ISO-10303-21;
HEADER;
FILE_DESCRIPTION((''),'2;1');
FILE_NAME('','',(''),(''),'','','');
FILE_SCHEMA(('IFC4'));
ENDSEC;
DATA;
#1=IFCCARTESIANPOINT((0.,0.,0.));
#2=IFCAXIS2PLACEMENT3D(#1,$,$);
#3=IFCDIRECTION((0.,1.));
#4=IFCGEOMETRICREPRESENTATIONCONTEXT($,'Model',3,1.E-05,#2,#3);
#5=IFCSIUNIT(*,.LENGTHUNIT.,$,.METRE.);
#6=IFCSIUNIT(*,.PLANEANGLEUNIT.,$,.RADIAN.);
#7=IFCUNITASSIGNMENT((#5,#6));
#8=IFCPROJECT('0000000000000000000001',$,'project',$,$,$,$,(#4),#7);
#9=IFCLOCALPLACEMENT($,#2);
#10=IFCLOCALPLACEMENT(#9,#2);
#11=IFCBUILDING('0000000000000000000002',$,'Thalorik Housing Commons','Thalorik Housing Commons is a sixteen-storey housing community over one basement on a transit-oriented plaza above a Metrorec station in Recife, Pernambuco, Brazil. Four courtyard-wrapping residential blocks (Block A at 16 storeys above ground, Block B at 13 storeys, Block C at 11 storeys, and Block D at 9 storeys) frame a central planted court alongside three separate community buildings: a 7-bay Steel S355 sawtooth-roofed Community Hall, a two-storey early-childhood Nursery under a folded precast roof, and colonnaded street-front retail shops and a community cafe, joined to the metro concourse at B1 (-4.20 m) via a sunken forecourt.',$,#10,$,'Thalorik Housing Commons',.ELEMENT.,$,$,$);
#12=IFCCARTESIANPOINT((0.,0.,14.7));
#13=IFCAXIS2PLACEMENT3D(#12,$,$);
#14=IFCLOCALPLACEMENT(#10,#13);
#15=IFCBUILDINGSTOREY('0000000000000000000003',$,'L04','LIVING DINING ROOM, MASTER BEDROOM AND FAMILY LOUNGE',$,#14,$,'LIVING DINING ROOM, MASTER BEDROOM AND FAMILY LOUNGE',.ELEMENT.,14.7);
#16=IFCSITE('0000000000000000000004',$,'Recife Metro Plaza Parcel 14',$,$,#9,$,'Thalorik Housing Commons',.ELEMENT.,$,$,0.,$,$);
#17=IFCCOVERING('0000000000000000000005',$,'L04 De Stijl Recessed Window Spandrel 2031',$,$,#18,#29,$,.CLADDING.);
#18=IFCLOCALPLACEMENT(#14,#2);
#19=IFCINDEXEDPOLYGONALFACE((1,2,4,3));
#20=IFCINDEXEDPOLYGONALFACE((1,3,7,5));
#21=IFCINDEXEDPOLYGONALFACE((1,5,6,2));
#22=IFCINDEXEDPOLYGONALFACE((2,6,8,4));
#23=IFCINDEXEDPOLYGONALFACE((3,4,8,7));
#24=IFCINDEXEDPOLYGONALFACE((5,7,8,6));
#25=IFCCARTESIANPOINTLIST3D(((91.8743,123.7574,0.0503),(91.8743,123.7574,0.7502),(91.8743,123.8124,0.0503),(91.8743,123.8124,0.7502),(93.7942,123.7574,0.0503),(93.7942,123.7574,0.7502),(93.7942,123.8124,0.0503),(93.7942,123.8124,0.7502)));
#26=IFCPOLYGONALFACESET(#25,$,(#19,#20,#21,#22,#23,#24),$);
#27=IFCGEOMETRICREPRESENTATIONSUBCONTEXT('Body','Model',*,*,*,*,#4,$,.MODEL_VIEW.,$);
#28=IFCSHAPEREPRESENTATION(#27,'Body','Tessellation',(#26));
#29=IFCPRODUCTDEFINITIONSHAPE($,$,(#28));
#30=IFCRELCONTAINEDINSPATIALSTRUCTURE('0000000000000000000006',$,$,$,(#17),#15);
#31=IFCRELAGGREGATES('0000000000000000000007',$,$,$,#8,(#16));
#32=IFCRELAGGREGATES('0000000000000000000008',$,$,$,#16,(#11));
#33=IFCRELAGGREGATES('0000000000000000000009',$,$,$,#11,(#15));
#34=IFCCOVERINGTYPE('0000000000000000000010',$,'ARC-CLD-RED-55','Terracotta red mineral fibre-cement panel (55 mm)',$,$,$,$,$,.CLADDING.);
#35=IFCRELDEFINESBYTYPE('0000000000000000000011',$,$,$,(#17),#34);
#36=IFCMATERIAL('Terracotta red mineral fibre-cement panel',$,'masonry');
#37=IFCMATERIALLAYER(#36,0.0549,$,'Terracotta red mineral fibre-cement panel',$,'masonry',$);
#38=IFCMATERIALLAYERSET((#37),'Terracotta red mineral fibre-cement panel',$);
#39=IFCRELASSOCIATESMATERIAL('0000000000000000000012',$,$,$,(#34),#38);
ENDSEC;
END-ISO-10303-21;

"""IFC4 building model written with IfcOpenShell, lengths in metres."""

from ifc_helpers import new_model, si_unit, direction, frame, origin, origin_2d, place, context, subcontext, project, spatial, rectangle, extrude, material, layer, layer_set, type_object, element, save


model = new_model("IFC4")

# Units and contexts
model_context = context("Model", 3, precision=1e-05, world=origin(), true_north=direction((0.0, 1.0)))
body_context = subcontext(model_context, "Body", "Model", "MODEL_VIEW")
ifc_project = project(units=[si_unit("LENGTHUNIT", "METRE"), si_unit("PLANEANGLEUNIT", "RADIAN")], contexts=[model_context])

# Site, building, storey
site_placement = place(None, origin())
site = spatial("IfcSite", under=ifc_project, at=site_placement, Name="Recife Metro Plaza Parcel 14", LongName="Thalorik Housing Commons", CompositionType="ELEMENT", RefElevation=0.0)
building_placement = place(site_placement, origin())
building = spatial("IfcBuilding", under=site, at=building_placement, Name="Thalorik Housing Commons", Description="Thalorik Housing Commons is a sixteen-storey housing community over one basement on a transit-oriented plaza above a Metrorec station in Recife, Pernambuco, Brazil. Four courtyard-wrapping residential blocks (Block A at 16 storeys above ground, Block B at 13 storeys, Block C at 11 storeys, and Block D at 9 storeys) frame a central planted court alongside three separate community buildings: a 7-bay Steel S355 sawtooth-roofed Community Hall, a two-storey early-childhood Nursery under a folded precast roof, and colonnaded street-front retail shops and a community cafe, joined to the metro concourse at B1 (-4.20 m) via a sunken forecourt.", LongName="Thalorik Housing Commons", CompositionType="ELEMENT")
storey_placement = place(building_placement, frame((0.0, 0.0, 14.7)))
storey = spatial("IfcBuildingStorey", under=building, at=storey_placement, Name="L04", Description="LIVING DINING ROOM, MASTER BEDROOM AND FAMILY LOUNGE", LongName="LIVING DINING ROOM, MASTER BEDROOM AND FAMILY LOUNGE", CompositionType="ELEMENT", Elevation=14.7)

# Covering
ifc_material_1 = material(Name="Terracotta red mineral fibre-cement panel", Category="masonry")
ifc_layer_1 = layer(ifc_material_1, 0.0549, Name="Terracotta red mineral fibre-cement panel", Category="masonry")
ifc_layer_set_1 = layer_set([ifc_layer_1], Name="Terracotta red mineral fibre-cement panel")
covering_type_1 = type_object("IfcCoveringType", Name="ARC-CLD-RED-55", Description="Terracotta red mineral fibre-cement panel (55 mm)", PredefinedType="CLADDING", material=ifc_layer_set_1)
covering_1_placement = place(storey_placement, frame((92.8342, 123.7849, 0.0503), z_axis=(0.0, 0.0, 1.0), x_axis=(-1.0, 0.0, 0.0)))
element("IfcCovering", 1, at=covering_1_placement, inside=storey, type_object=covering_type_1, Name="L04 De Stijl Recessed Window Spandrel 2031", PredefinedType="CLADDING", context=body_context, shape_type="SweptSolid", body=[
    extrude(rectangle(XDim=1.9199, YDim=0.0549, at=origin_2d()), origin(), (0.0, 0.0, 1.0), 0.7),
])

save(model, "model.ifc")
